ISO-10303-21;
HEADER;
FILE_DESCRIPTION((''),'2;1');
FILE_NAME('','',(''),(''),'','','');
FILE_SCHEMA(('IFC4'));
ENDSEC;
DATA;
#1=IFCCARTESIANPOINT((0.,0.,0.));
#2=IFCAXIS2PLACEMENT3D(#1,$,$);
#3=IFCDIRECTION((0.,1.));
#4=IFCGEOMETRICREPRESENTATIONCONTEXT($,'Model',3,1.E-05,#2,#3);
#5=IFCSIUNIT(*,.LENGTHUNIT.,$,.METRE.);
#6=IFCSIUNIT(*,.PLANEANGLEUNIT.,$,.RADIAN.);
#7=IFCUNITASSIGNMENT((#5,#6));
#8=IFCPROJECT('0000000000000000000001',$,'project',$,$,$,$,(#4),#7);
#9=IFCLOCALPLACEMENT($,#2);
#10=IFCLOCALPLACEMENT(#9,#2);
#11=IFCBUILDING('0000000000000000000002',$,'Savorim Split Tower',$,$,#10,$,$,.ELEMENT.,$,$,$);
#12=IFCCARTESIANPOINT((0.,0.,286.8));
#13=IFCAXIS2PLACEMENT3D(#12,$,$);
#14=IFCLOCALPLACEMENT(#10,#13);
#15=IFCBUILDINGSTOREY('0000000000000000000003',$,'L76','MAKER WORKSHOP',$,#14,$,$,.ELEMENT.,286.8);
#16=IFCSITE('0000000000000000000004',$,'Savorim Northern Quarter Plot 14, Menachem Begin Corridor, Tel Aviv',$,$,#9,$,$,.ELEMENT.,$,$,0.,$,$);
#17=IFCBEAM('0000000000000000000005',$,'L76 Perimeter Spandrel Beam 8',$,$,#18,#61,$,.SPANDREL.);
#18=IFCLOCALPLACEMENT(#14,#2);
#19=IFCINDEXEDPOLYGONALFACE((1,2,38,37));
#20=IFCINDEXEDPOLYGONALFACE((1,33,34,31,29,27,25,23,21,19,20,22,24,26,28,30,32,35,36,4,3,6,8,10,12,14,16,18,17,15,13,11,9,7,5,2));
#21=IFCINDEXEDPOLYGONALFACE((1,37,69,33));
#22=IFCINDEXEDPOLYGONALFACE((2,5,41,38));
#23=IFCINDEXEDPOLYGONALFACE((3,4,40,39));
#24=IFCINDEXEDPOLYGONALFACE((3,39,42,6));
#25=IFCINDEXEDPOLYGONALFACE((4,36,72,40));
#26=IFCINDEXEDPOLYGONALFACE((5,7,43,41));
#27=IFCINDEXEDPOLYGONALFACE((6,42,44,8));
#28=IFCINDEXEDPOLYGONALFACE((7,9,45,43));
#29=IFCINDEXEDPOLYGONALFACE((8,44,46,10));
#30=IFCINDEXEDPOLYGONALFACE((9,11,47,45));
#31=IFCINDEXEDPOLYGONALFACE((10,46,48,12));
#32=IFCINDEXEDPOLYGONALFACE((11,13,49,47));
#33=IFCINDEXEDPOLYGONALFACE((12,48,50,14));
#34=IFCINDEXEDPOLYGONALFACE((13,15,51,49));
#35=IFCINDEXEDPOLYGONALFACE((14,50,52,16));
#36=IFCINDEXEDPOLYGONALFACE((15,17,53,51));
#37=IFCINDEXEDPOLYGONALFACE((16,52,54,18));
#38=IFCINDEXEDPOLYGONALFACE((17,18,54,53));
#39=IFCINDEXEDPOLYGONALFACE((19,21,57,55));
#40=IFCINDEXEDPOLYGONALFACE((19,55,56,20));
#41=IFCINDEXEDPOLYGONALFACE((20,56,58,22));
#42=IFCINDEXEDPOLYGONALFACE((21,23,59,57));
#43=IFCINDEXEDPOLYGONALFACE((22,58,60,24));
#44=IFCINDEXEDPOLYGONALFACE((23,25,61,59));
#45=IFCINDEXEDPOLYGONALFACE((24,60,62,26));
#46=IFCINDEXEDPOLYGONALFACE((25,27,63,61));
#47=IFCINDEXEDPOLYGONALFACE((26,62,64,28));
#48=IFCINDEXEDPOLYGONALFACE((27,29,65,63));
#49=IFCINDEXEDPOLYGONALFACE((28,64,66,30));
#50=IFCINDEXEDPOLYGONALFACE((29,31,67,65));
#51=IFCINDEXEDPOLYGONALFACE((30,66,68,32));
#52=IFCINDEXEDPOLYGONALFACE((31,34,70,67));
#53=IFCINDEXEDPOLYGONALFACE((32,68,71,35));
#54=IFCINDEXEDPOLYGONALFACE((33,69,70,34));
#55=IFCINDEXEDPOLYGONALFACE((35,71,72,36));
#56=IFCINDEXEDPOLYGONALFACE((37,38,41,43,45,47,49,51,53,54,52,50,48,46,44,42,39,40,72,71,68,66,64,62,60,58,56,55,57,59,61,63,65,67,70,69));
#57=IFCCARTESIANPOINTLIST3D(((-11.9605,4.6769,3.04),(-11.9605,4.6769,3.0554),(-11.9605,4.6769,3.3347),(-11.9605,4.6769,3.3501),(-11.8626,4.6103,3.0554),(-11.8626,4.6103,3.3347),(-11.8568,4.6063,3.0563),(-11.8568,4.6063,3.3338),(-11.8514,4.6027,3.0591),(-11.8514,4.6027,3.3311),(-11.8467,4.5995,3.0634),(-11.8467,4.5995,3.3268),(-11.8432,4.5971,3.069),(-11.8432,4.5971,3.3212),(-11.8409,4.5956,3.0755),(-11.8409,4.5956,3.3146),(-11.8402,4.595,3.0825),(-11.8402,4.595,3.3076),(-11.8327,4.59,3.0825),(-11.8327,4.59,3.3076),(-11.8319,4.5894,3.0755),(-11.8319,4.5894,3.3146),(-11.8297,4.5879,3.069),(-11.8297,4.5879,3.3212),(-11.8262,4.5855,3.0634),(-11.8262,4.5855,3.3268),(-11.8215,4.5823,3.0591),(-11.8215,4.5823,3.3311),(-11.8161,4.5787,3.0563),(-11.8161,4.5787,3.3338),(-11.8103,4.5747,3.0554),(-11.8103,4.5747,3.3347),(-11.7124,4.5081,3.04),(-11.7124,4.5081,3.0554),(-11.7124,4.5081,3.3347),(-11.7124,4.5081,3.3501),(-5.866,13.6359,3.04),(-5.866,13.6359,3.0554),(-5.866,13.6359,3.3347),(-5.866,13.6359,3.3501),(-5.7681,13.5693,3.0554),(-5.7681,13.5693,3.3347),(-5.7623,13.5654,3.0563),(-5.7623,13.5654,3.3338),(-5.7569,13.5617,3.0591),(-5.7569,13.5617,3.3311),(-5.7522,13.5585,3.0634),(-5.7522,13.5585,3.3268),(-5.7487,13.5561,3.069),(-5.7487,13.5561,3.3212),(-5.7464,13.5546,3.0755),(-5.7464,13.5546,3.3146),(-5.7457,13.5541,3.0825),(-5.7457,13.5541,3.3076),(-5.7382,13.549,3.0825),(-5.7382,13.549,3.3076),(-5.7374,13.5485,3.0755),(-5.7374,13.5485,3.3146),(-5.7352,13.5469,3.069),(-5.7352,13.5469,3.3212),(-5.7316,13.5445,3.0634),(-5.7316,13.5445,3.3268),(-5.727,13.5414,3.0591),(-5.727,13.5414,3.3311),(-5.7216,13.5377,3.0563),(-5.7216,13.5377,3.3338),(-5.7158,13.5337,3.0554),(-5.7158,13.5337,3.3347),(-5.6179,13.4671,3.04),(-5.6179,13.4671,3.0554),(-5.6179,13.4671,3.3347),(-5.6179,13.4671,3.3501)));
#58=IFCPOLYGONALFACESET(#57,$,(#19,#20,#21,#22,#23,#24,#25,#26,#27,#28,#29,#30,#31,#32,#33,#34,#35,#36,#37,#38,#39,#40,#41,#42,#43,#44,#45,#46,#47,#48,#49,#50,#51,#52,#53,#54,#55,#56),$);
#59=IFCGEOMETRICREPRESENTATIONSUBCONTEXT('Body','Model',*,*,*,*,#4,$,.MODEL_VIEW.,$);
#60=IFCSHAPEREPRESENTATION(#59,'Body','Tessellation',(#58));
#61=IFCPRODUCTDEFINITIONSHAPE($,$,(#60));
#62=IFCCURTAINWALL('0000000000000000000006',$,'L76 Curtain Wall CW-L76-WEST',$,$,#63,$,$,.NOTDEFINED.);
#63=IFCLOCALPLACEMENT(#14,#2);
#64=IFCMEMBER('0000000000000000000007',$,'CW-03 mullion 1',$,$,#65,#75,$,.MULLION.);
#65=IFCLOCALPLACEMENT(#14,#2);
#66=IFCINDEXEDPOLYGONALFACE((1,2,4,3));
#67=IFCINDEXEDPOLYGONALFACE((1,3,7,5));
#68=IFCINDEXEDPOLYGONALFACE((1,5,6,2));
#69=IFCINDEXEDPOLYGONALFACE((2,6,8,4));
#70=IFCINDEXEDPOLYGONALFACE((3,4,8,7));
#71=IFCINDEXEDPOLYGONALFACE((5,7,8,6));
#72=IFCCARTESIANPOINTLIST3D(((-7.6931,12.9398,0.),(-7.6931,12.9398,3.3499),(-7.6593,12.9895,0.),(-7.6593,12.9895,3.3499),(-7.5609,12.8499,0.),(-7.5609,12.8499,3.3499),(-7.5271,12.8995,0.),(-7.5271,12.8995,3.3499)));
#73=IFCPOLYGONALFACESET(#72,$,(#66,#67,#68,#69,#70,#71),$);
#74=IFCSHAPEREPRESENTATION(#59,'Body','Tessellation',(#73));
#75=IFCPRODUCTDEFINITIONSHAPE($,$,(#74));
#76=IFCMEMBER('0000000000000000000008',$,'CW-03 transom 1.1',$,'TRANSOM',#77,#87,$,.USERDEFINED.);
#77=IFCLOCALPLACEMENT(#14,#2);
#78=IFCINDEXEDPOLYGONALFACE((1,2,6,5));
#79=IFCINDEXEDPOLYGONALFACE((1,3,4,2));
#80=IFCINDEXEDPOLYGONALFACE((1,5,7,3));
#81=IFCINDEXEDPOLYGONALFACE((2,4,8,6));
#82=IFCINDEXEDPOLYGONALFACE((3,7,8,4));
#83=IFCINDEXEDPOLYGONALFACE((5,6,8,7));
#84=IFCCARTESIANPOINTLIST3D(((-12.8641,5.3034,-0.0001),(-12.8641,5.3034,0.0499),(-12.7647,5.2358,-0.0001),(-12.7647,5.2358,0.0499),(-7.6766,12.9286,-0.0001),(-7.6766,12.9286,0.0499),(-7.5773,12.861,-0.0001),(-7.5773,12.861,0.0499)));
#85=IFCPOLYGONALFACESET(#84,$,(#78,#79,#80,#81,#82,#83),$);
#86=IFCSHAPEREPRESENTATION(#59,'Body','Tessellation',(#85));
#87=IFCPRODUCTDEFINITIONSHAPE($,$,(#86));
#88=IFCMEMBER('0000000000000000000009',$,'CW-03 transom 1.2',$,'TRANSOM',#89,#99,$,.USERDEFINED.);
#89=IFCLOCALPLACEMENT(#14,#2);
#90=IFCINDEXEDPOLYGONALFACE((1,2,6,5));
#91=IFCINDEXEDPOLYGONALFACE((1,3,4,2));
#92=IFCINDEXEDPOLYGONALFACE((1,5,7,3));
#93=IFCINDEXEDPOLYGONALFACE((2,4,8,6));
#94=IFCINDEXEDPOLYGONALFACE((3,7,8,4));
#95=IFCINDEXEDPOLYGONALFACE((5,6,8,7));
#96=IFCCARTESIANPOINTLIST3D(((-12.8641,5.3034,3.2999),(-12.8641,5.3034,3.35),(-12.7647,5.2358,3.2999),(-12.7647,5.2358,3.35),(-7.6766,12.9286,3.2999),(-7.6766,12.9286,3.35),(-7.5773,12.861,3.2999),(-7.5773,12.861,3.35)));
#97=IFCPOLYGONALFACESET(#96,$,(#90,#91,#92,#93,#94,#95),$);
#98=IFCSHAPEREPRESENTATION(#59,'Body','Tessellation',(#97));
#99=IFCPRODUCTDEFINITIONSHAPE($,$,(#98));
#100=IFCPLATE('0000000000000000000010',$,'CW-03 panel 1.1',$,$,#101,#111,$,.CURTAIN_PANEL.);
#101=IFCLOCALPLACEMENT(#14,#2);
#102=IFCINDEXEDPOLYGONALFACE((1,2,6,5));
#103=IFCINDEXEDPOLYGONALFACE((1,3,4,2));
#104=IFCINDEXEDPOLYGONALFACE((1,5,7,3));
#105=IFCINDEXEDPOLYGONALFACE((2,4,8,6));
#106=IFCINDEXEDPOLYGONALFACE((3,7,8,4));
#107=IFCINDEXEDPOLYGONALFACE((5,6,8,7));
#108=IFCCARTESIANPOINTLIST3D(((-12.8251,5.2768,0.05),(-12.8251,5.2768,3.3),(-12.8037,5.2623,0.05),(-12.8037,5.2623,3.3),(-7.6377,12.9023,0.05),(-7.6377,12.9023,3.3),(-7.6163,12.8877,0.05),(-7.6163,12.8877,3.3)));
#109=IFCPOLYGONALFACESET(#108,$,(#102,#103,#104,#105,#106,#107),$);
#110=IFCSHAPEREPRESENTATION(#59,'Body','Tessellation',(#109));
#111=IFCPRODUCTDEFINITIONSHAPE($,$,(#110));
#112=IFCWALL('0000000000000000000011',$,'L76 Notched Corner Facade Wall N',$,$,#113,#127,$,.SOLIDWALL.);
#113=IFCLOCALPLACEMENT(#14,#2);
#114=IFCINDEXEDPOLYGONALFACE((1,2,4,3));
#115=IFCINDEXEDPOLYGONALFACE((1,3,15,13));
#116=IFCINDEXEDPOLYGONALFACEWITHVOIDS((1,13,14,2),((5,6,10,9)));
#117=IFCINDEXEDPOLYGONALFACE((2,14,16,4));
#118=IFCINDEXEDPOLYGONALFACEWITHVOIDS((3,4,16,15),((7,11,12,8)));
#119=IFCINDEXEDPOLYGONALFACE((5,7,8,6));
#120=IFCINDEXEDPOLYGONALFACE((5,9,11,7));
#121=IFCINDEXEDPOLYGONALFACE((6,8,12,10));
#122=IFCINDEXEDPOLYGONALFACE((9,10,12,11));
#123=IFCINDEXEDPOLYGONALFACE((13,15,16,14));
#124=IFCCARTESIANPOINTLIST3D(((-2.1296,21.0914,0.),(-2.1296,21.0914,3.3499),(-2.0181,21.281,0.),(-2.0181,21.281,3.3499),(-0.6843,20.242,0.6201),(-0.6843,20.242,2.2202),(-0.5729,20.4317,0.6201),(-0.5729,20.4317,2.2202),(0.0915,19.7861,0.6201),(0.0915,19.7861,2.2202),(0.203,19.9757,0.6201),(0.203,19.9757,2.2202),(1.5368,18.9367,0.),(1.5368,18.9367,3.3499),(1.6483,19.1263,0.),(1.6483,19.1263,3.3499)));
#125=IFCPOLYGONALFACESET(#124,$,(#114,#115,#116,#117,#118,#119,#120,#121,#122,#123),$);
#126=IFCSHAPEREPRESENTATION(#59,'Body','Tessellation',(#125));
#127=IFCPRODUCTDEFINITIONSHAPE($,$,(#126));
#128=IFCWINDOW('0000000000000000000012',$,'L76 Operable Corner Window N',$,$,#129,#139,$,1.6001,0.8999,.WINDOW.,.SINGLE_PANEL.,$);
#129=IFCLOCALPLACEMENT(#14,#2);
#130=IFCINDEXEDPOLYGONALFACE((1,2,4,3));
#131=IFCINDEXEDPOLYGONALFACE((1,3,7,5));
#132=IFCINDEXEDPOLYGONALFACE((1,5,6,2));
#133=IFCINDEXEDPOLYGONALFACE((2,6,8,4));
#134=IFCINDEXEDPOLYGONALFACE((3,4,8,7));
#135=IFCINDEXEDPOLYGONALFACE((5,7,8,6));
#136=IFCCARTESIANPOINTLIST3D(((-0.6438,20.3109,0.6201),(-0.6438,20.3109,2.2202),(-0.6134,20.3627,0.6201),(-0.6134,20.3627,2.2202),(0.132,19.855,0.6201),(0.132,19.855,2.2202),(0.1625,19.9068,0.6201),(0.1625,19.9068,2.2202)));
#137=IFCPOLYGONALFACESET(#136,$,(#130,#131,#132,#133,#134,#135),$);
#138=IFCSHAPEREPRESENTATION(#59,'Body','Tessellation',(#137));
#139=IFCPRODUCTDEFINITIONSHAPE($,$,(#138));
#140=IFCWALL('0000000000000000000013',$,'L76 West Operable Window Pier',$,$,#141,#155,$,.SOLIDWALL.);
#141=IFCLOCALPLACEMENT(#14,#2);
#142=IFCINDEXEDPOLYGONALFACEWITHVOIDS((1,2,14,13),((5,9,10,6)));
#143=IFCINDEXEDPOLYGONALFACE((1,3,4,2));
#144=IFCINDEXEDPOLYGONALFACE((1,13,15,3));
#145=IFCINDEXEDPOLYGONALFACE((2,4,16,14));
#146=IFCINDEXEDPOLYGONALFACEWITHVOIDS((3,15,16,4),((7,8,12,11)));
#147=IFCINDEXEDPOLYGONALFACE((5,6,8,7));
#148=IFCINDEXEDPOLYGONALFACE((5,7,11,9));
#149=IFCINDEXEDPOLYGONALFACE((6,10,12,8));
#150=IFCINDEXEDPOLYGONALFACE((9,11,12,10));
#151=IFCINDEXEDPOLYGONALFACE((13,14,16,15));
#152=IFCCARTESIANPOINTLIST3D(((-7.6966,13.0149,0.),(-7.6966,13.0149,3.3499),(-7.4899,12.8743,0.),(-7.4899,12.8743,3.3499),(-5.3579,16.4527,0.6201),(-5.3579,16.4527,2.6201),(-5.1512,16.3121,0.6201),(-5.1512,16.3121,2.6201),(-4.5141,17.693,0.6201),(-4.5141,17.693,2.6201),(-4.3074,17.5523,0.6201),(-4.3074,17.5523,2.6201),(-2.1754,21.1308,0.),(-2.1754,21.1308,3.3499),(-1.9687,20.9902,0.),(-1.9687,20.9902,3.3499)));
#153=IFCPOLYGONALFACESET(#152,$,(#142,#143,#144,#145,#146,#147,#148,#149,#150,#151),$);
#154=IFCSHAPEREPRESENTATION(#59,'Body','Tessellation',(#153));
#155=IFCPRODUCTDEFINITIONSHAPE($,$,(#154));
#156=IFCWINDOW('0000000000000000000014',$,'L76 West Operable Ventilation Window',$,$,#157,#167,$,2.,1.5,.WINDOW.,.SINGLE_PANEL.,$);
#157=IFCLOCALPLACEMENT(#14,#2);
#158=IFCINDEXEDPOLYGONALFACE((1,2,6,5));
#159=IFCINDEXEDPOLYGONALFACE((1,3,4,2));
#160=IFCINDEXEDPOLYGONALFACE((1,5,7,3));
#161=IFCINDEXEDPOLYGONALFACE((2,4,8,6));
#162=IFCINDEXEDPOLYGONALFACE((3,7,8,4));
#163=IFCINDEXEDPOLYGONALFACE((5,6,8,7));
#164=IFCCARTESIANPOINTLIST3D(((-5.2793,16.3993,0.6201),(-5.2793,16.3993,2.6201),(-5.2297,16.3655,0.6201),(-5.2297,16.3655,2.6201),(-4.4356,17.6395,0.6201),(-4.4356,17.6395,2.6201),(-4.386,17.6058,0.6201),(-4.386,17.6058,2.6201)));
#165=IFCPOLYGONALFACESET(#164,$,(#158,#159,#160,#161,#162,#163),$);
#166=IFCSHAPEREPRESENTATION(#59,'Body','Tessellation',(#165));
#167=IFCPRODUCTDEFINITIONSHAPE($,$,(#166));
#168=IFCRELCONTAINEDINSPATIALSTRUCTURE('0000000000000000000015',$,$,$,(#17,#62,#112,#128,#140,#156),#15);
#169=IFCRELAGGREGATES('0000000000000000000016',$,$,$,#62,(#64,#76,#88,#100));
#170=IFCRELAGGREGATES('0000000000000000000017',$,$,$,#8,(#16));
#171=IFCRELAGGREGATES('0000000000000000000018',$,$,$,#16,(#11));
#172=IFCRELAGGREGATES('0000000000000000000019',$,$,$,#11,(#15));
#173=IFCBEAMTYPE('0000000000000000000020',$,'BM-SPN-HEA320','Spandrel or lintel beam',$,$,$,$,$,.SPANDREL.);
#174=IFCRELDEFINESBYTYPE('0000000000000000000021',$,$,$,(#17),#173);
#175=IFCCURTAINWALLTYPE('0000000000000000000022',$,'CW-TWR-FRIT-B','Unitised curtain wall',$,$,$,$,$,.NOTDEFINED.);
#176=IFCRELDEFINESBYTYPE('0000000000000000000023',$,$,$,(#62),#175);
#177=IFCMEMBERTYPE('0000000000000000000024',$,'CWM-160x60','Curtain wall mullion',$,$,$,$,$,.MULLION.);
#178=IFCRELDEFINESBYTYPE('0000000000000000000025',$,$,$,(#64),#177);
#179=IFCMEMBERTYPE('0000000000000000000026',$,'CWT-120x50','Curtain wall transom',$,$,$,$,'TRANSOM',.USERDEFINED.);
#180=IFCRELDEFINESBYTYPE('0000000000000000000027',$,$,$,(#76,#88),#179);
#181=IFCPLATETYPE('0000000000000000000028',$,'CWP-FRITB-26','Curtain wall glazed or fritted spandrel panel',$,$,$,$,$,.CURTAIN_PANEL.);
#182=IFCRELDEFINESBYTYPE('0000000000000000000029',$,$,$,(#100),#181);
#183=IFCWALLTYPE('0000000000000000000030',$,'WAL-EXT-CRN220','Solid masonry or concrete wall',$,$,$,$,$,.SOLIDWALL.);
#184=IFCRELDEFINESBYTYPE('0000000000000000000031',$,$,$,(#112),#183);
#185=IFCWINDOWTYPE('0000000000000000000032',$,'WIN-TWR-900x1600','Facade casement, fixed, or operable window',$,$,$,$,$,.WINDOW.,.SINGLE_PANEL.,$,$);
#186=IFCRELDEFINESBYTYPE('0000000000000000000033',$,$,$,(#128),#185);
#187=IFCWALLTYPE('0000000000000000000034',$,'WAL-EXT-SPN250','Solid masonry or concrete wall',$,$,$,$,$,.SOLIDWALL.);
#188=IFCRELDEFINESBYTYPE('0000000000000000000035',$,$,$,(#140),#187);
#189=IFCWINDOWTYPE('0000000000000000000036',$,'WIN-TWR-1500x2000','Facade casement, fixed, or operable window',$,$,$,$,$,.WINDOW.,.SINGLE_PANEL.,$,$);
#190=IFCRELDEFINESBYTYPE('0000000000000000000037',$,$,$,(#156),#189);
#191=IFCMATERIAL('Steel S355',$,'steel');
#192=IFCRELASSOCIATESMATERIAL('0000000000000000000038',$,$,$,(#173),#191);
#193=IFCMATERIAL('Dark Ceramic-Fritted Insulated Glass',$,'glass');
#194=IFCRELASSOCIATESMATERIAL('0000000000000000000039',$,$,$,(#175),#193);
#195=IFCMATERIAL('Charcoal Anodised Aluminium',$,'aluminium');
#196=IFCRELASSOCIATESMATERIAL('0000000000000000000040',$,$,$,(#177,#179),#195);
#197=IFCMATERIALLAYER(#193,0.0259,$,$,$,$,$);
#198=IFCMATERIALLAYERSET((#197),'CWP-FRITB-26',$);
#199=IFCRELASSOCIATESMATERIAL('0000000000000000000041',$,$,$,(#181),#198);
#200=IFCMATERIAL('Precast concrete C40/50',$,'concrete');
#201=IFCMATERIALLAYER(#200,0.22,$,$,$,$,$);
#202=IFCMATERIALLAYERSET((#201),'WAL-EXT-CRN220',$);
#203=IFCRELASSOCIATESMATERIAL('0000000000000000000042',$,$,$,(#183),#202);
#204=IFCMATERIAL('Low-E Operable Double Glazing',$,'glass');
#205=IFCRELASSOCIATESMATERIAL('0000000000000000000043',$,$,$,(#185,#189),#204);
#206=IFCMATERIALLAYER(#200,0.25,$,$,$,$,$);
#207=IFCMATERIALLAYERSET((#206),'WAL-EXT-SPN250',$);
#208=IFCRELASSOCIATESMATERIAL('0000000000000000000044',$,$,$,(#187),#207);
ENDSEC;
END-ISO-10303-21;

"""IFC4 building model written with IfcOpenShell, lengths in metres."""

from ifc_helpers import new_model, si_unit, direction, frame, frame_2d, origin, origin_2d, place, context, subcontext, project, spatial, rectangle, i_section, extrude, material, layer, layer_set, material_profile, profile_set, type_object, element, fill, aggregate, save


model = new_model("IFC4")

# Units and contexts
model_context = context("Model", 3, precision=1e-05, world=origin(), true_north=direction((0.0, 1.0)))
body_context = subcontext(model_context, "Body", "Model", "MODEL_VIEW")
ifc_project = project(units=[si_unit("LENGTHUNIT", "METRE"), si_unit("PLANEANGLEUNIT", "RADIAN")], contexts=[model_context])

# Site, building, storey
site_placement = place(None, origin())
site = spatial("IfcSite", under=ifc_project, at=site_placement, Name="Savorim Northern Quarter Plot 14, Menachem Begin Corridor, Tel Aviv", CompositionType="ELEMENT", RefElevation=0.0)
building_placement = place(site_placement, origin())
building = spatial("IfcBuilding", under=site, at=building_placement, Name="Savorim Split Tower", CompositionType="ELEMENT")
storey_placement = place(building_placement, frame((0.0, 0.0, 286.8)))
storey = spatial("IfcBuildingStorey", under=building, at=storey_placement, Name="L76", Description="MAKER WORKSHOP", CompositionType="ELEMENT", Elevation=286.8)

# Shared definitions
ifc_material_1 = material(Name="Steel S355", Category="steel")

# Beam
ifc_material_profile_1 = material_profile(ifc_material_1, i_section(OverallWidth=0.3, OverallDepth=0.3101, WebThickness=0.009, FlangeThickness=0.0154, FilletRadius=0.0271, at=origin_2d()), Name="HEA 320")
ifc_profile_set_1 = profile_set([ifc_material_profile_1], Name="Steel S355")
beam_type_1 = type_object("IfcBeamType", Name="BM-SPN-HEA320", Description="Spandrel or lintel beam", PredefinedType="SPANDREL", material=ifc_profile_set_1)
beam_1_placement = place(storey_placement, frame((-5.7419, 13.5515, 3.1951), z_axis=(-0.56246, -0.826825, 0.0), x_axis=(0.826825, -0.56246, 0.0)))
element("IfcBeam", 1, at=beam_1_placement, inside=storey, type_object=beam_type_1, Name="L76 Perimeter Spandrel Beam 8", PredefinedType="SPANDREL", context=body_context, shape_type="SweptSolid", body=[
    extrude(i_section(OverallWidth=0.3, OverallDepth=0.3101, WebThickness=0.009, FlangeThickness=0.0154, FilletRadius=0.0271, at=origin_2d()), origin(), (0.0, 0.0, 1.0), 10.8354),
])

# Curtain wall, members, plate
ifc_material_2 = material(Name="Dark Ceramic-Fritted Insulated Glass", Category="glass")
curtain_wall_type = type_object("IfcCurtainWallType", Name="CW-TWR-FRIT-B", Description="Unitised curtain wall", PredefinedType="NOTDEFINED", material=ifc_material_2)
curtain_wall_placement = place(storey_placement, origin())
curtain_wall = element("IfcCurtainWall", 2, at=curtain_wall_placement, inside=storey, type_object=curtain_wall_type, Name="L76 Curtain Wall CW-L76-WEST", PredefinedType="NOTDEFINED")
ifc_material_3 = material(Name="Charcoal Anodised Aluminium", Category="aluminium")
ifc_material_profile_2 = material_profile(ifc_material_3, rectangle(XDim=0.1599, YDim=0.0601, at=origin_2d()), Name="ALU-M 160x60")
ifc_profile_set_2 = profile_set([ifc_material_profile_2], Name="Charcoal Anodised Aluminium")
member_type_1 = type_object("IfcMemberType", Name="CWM-160x60", Description="Curtain wall mullion", PredefinedType="MULLION", material=ifc_profile_set_2)
member_1_placement = place(storey_placement, frame((-7.6101, 12.9197, 0.0), z_axis=(0.0, 0.0, 1.0), x_axis=(0.826818, -0.56247, 0.0)))
member_1 = element("IfcMember", 3, at=member_1_placement, type_object=member_type_1, Name="CW-03 mullion 1", PredefinedType="MULLION", context=body_context, shape_type="SweptSolid", body=[
    extrude(rectangle(XDim=0.1599, YDim=0.0601, at=origin_2d()), origin(), (0.0, 0.0, 1.0), 3.3499),
])
ifc_material_profile_3 = material_profile(ifc_material_3, rectangle(XDim=0.1201, YDim=0.05, at=origin_2d()), Name="ALU-T 120x50")
ifc_profile_set_3 = profile_set([ifc_material_profile_3], Name="Charcoal Anodised Aluminium")
member_type_2 = type_object("IfcMemberType", Name="CWT-120x50", Description="Curtain wall transom", ElementType="TRANSOM", PredefinedType="USERDEFINED", material=ifc_profile_set_3)
member_2_placement = place(storey_placement, frame((-7.627, 12.8948, 0.0249), z_axis=(-0.562483, -0.826809, 0.0), x_axis=(0.826809, -0.562483, 0.0)))
member_2 = element("IfcMember", 4, at=member_2_placement, type_object=member_type_2, Name="CW-03 transom 1.1", ObjectType="TRANSOM", PredefinedType="USERDEFINED", context=body_context, shape_type="SweptSolid", body=[
    extrude(rectangle(XDim=0.1201, YDim=0.05, at=origin_2d()), origin(), (0.0, 0.0, 1.0), 9.2224),
])
member_3_placement = place(storey_placement, frame((-7.627, 12.8948, 3.325), z_axis=(-0.562483, -0.826809, 0.0), x_axis=(0.826809, -0.562483, 0.0)))
member_3 = element("IfcMember", 5, at=member_3_placement, type_object=member_type_2, Name="CW-03 transom 1.2", ObjectType="TRANSOM", PredefinedType="USERDEFINED", context=body_context, shape_type="SweptSolid", body=[
    extrude(rectangle(XDim=0.1201, YDim=0.05, at=origin_2d()), origin(), (0.0, 0.0, 1.0), 9.2224),
])
ifc_layer_1 = layer(ifc_material_2, 0.0259)
ifc_layer_set_1 = layer_set([ifc_layer_1], Name="CWP-FRITB-26")
plate_type = type_object("IfcPlateType", Name="CWP-FRITB-26", Description="Curtain wall glazed or fritted spandrel panel", PredefinedType="CURTAIN_PANEL", material=ifc_layer_set_1)
plate_placement = place(storey_placement, frame((-10.2207, 9.0823, 0.05), z_axis=(0.0, 0.0, 1.0), x_axis=(-0.56247, -0.826818, 0.0)))
plate = element("IfcPlate", 6, at=plate_placement, type_object=plate_type, Name="CW-03 panel 1.1", PredefinedType="CURTAIN_PANEL", context=body_context, shape_type="SweptSolid", body=[
    extrude(rectangle(XDim=9.2227, YDim=0.0259, at=origin_2d()), origin(), (0.0, 0.0, 1.0), 3.25),
])
aggregate(curtain_wall, [member_1, member_2, member_3, plate])

# Walls, openings, windows
ifc_material_4 = material(Name="Precast concrete C40/50", Category="concrete")
ifc_layer_2 = layer(ifc_material_4, 0.22)
ifc_layer_set_2 = layer_set([ifc_layer_2], Name="WAL-EXT-CRN220")
wall_type_1 = type_object("IfcWallType", Name="WAL-EXT-CRN220", Description="Solid masonry or concrete wall", PredefinedType="SOLIDWALL", material=ifc_layer_set_2)
wall_1_placement = place(storey_placement, frame((-2.074, 21.1863, 0.0), z_axis=(0.0, 0.0, 1.0), x_axis=(0.862138, -0.506674, 0.0)))
wall_1 = element("IfcWall", 7, at=wall_1_placement, inside=storey, type_object=wall_type_1, Name="L76 Notched Corner Facade Wall N", PredefinedType="SOLIDWALL", context=body_context, shape_type="SweptSolid", body=[
    extrude(rectangle(XDim=4.2527, YDim=0.22, at=frame_2d((2.1265, 0.0))), origin(), (0.0, 0.0, 1.0), 3.3499),
])
opening_1_placement = place(wall_1_placement, frame((1.6765, 0.0, 0.6201)))
opening_1 = element("IfcOpeningElement", 8, at=opening_1_placement, cuts=wall_1, PredefinedType="OPENING", context=body_context, shape_type="SweptSolid", body=[
    extrude(rectangle(XDim=0.8999, YDim=1.6001, at=frame_2d((0.45, 0.8))), frame((0.0, 0.1199, 0.0), z_axis=(0.0, -1.0, 0.0), x_axis=(1.0, 0.0, 0.0)), (0.0, 0.0, 1.0), 0.24),
])
ifc_material_5 = material(Name="Low-E Operable Double Glazing", Category="glass")
window_type_1 = type_object("IfcWindowType", Name="WIN-TWR-900x1600", Description="Facade casement, fixed, or operable window", PartitioningType="SINGLE_PANEL", PredefinedType="WINDOW", material=ifc_material_5)
window_1_placement = place(opening_1_placement, origin())
window_1 = element("IfcWindow", 9, at=window_1_placement, inside=storey, type_object=window_type_1, Name="L76 Operable Corner Window N", OverallHeight=1.6001, OverallWidth=0.8999, PartitioningType="SINGLE_PANEL", PredefinedType="WINDOW", context=body_context, shape_type="SweptSolid", body=[
    extrude(rectangle(XDim=0.8999, YDim=1.6001, at=frame_2d((0.45, 0.8))), frame((0.0, 0.03, 0.0), z_axis=(0.0, -1.0, 0.0), x_axis=(1.0, 0.0, 0.0)), (0.0, 0.0, 1.0), 0.0601),
])
fill(opening_1, window_1)
ifc_layer_3 = layer(ifc_material_4, 0.25)
ifc_layer_set_3 = layer_set([ifc_layer_3], Name="WAL-EXT-SPN250")
wall_type_2 = type_object("IfcWallType", Name="WAL-EXT-SPN250", Description="Solid masonry or concrete wall", PredefinedType="SOLIDWALL", material=ifc_layer_set_3)
wall_2_placement = place(storey_placement, frame((-7.5933, 12.9446, 0.0), z_axis=(0.0, 0.0, 1.0), x_axis=(0.562476, 0.826814, 0.0)))
wall_2 = element("IfcWall", 10, at=wall_2_placement, inside=storey, type_object=wall_type_2, Name="L76 West Operable Window Pier", PredefinedType="SOLIDWALL", context=body_context, shape_type="SweptSolid", body=[
    extrude(rectangle(XDim=9.8159, YDim=0.25, at=frame_2d((4.908, 0.0))), origin(), (0.0, 0.0, 1.0), 3.3499),
])
opening_2_placement = place(wall_2_placement, frame((4.158, 0.0, 0.6201)))
opening_2 = element("IfcOpeningElement", 11, at=opening_2_placement, cuts=wall_2, PredefinedType="OPENING", context=body_context, shape_type="SweptSolid", body=[
    extrude(rectangle(XDim=1.5, YDim=2.0, at=frame_2d((0.75, 1.0))), frame((0.0, 0.135, 0.0), z_axis=(0.0, -1.0, 0.0), x_axis=(1.0, 0.0, 0.0)), (0.0, 0.0, 1.0), 0.27),
])
window_type_2 = type_object("IfcWindowType", Name="WIN-TWR-1500x2000", Description="Facade casement, fixed, or operable window", PartitioningType="SINGLE_PANEL", PredefinedType="WINDOW", material=ifc_material_5)
window_2_placement = place(opening_2_placement, origin())
window_2 = element("IfcWindow", 12, at=window_2_placement, inside=storey, type_object=window_type_2, Name="L76 West Operable Ventilation Window", OverallHeight=2.0, OverallWidth=1.5, PartitioningType="SINGLE_PANEL", PredefinedType="WINDOW", context=body_context, shape_type="SweptSolid", body=[
    extrude(rectangle(XDim=1.5, YDim=2.0, at=frame_2d((0.75, 1.0))), frame((0.0, 0.03, 0.0), z_axis=(0.0, -1.0, 0.0), x_axis=(1.0, 0.0, 0.0)), (0.0, 0.0, 1.0), 0.0601),
])
fill(opening_2, window_2)

save(model, "model.ifc")
